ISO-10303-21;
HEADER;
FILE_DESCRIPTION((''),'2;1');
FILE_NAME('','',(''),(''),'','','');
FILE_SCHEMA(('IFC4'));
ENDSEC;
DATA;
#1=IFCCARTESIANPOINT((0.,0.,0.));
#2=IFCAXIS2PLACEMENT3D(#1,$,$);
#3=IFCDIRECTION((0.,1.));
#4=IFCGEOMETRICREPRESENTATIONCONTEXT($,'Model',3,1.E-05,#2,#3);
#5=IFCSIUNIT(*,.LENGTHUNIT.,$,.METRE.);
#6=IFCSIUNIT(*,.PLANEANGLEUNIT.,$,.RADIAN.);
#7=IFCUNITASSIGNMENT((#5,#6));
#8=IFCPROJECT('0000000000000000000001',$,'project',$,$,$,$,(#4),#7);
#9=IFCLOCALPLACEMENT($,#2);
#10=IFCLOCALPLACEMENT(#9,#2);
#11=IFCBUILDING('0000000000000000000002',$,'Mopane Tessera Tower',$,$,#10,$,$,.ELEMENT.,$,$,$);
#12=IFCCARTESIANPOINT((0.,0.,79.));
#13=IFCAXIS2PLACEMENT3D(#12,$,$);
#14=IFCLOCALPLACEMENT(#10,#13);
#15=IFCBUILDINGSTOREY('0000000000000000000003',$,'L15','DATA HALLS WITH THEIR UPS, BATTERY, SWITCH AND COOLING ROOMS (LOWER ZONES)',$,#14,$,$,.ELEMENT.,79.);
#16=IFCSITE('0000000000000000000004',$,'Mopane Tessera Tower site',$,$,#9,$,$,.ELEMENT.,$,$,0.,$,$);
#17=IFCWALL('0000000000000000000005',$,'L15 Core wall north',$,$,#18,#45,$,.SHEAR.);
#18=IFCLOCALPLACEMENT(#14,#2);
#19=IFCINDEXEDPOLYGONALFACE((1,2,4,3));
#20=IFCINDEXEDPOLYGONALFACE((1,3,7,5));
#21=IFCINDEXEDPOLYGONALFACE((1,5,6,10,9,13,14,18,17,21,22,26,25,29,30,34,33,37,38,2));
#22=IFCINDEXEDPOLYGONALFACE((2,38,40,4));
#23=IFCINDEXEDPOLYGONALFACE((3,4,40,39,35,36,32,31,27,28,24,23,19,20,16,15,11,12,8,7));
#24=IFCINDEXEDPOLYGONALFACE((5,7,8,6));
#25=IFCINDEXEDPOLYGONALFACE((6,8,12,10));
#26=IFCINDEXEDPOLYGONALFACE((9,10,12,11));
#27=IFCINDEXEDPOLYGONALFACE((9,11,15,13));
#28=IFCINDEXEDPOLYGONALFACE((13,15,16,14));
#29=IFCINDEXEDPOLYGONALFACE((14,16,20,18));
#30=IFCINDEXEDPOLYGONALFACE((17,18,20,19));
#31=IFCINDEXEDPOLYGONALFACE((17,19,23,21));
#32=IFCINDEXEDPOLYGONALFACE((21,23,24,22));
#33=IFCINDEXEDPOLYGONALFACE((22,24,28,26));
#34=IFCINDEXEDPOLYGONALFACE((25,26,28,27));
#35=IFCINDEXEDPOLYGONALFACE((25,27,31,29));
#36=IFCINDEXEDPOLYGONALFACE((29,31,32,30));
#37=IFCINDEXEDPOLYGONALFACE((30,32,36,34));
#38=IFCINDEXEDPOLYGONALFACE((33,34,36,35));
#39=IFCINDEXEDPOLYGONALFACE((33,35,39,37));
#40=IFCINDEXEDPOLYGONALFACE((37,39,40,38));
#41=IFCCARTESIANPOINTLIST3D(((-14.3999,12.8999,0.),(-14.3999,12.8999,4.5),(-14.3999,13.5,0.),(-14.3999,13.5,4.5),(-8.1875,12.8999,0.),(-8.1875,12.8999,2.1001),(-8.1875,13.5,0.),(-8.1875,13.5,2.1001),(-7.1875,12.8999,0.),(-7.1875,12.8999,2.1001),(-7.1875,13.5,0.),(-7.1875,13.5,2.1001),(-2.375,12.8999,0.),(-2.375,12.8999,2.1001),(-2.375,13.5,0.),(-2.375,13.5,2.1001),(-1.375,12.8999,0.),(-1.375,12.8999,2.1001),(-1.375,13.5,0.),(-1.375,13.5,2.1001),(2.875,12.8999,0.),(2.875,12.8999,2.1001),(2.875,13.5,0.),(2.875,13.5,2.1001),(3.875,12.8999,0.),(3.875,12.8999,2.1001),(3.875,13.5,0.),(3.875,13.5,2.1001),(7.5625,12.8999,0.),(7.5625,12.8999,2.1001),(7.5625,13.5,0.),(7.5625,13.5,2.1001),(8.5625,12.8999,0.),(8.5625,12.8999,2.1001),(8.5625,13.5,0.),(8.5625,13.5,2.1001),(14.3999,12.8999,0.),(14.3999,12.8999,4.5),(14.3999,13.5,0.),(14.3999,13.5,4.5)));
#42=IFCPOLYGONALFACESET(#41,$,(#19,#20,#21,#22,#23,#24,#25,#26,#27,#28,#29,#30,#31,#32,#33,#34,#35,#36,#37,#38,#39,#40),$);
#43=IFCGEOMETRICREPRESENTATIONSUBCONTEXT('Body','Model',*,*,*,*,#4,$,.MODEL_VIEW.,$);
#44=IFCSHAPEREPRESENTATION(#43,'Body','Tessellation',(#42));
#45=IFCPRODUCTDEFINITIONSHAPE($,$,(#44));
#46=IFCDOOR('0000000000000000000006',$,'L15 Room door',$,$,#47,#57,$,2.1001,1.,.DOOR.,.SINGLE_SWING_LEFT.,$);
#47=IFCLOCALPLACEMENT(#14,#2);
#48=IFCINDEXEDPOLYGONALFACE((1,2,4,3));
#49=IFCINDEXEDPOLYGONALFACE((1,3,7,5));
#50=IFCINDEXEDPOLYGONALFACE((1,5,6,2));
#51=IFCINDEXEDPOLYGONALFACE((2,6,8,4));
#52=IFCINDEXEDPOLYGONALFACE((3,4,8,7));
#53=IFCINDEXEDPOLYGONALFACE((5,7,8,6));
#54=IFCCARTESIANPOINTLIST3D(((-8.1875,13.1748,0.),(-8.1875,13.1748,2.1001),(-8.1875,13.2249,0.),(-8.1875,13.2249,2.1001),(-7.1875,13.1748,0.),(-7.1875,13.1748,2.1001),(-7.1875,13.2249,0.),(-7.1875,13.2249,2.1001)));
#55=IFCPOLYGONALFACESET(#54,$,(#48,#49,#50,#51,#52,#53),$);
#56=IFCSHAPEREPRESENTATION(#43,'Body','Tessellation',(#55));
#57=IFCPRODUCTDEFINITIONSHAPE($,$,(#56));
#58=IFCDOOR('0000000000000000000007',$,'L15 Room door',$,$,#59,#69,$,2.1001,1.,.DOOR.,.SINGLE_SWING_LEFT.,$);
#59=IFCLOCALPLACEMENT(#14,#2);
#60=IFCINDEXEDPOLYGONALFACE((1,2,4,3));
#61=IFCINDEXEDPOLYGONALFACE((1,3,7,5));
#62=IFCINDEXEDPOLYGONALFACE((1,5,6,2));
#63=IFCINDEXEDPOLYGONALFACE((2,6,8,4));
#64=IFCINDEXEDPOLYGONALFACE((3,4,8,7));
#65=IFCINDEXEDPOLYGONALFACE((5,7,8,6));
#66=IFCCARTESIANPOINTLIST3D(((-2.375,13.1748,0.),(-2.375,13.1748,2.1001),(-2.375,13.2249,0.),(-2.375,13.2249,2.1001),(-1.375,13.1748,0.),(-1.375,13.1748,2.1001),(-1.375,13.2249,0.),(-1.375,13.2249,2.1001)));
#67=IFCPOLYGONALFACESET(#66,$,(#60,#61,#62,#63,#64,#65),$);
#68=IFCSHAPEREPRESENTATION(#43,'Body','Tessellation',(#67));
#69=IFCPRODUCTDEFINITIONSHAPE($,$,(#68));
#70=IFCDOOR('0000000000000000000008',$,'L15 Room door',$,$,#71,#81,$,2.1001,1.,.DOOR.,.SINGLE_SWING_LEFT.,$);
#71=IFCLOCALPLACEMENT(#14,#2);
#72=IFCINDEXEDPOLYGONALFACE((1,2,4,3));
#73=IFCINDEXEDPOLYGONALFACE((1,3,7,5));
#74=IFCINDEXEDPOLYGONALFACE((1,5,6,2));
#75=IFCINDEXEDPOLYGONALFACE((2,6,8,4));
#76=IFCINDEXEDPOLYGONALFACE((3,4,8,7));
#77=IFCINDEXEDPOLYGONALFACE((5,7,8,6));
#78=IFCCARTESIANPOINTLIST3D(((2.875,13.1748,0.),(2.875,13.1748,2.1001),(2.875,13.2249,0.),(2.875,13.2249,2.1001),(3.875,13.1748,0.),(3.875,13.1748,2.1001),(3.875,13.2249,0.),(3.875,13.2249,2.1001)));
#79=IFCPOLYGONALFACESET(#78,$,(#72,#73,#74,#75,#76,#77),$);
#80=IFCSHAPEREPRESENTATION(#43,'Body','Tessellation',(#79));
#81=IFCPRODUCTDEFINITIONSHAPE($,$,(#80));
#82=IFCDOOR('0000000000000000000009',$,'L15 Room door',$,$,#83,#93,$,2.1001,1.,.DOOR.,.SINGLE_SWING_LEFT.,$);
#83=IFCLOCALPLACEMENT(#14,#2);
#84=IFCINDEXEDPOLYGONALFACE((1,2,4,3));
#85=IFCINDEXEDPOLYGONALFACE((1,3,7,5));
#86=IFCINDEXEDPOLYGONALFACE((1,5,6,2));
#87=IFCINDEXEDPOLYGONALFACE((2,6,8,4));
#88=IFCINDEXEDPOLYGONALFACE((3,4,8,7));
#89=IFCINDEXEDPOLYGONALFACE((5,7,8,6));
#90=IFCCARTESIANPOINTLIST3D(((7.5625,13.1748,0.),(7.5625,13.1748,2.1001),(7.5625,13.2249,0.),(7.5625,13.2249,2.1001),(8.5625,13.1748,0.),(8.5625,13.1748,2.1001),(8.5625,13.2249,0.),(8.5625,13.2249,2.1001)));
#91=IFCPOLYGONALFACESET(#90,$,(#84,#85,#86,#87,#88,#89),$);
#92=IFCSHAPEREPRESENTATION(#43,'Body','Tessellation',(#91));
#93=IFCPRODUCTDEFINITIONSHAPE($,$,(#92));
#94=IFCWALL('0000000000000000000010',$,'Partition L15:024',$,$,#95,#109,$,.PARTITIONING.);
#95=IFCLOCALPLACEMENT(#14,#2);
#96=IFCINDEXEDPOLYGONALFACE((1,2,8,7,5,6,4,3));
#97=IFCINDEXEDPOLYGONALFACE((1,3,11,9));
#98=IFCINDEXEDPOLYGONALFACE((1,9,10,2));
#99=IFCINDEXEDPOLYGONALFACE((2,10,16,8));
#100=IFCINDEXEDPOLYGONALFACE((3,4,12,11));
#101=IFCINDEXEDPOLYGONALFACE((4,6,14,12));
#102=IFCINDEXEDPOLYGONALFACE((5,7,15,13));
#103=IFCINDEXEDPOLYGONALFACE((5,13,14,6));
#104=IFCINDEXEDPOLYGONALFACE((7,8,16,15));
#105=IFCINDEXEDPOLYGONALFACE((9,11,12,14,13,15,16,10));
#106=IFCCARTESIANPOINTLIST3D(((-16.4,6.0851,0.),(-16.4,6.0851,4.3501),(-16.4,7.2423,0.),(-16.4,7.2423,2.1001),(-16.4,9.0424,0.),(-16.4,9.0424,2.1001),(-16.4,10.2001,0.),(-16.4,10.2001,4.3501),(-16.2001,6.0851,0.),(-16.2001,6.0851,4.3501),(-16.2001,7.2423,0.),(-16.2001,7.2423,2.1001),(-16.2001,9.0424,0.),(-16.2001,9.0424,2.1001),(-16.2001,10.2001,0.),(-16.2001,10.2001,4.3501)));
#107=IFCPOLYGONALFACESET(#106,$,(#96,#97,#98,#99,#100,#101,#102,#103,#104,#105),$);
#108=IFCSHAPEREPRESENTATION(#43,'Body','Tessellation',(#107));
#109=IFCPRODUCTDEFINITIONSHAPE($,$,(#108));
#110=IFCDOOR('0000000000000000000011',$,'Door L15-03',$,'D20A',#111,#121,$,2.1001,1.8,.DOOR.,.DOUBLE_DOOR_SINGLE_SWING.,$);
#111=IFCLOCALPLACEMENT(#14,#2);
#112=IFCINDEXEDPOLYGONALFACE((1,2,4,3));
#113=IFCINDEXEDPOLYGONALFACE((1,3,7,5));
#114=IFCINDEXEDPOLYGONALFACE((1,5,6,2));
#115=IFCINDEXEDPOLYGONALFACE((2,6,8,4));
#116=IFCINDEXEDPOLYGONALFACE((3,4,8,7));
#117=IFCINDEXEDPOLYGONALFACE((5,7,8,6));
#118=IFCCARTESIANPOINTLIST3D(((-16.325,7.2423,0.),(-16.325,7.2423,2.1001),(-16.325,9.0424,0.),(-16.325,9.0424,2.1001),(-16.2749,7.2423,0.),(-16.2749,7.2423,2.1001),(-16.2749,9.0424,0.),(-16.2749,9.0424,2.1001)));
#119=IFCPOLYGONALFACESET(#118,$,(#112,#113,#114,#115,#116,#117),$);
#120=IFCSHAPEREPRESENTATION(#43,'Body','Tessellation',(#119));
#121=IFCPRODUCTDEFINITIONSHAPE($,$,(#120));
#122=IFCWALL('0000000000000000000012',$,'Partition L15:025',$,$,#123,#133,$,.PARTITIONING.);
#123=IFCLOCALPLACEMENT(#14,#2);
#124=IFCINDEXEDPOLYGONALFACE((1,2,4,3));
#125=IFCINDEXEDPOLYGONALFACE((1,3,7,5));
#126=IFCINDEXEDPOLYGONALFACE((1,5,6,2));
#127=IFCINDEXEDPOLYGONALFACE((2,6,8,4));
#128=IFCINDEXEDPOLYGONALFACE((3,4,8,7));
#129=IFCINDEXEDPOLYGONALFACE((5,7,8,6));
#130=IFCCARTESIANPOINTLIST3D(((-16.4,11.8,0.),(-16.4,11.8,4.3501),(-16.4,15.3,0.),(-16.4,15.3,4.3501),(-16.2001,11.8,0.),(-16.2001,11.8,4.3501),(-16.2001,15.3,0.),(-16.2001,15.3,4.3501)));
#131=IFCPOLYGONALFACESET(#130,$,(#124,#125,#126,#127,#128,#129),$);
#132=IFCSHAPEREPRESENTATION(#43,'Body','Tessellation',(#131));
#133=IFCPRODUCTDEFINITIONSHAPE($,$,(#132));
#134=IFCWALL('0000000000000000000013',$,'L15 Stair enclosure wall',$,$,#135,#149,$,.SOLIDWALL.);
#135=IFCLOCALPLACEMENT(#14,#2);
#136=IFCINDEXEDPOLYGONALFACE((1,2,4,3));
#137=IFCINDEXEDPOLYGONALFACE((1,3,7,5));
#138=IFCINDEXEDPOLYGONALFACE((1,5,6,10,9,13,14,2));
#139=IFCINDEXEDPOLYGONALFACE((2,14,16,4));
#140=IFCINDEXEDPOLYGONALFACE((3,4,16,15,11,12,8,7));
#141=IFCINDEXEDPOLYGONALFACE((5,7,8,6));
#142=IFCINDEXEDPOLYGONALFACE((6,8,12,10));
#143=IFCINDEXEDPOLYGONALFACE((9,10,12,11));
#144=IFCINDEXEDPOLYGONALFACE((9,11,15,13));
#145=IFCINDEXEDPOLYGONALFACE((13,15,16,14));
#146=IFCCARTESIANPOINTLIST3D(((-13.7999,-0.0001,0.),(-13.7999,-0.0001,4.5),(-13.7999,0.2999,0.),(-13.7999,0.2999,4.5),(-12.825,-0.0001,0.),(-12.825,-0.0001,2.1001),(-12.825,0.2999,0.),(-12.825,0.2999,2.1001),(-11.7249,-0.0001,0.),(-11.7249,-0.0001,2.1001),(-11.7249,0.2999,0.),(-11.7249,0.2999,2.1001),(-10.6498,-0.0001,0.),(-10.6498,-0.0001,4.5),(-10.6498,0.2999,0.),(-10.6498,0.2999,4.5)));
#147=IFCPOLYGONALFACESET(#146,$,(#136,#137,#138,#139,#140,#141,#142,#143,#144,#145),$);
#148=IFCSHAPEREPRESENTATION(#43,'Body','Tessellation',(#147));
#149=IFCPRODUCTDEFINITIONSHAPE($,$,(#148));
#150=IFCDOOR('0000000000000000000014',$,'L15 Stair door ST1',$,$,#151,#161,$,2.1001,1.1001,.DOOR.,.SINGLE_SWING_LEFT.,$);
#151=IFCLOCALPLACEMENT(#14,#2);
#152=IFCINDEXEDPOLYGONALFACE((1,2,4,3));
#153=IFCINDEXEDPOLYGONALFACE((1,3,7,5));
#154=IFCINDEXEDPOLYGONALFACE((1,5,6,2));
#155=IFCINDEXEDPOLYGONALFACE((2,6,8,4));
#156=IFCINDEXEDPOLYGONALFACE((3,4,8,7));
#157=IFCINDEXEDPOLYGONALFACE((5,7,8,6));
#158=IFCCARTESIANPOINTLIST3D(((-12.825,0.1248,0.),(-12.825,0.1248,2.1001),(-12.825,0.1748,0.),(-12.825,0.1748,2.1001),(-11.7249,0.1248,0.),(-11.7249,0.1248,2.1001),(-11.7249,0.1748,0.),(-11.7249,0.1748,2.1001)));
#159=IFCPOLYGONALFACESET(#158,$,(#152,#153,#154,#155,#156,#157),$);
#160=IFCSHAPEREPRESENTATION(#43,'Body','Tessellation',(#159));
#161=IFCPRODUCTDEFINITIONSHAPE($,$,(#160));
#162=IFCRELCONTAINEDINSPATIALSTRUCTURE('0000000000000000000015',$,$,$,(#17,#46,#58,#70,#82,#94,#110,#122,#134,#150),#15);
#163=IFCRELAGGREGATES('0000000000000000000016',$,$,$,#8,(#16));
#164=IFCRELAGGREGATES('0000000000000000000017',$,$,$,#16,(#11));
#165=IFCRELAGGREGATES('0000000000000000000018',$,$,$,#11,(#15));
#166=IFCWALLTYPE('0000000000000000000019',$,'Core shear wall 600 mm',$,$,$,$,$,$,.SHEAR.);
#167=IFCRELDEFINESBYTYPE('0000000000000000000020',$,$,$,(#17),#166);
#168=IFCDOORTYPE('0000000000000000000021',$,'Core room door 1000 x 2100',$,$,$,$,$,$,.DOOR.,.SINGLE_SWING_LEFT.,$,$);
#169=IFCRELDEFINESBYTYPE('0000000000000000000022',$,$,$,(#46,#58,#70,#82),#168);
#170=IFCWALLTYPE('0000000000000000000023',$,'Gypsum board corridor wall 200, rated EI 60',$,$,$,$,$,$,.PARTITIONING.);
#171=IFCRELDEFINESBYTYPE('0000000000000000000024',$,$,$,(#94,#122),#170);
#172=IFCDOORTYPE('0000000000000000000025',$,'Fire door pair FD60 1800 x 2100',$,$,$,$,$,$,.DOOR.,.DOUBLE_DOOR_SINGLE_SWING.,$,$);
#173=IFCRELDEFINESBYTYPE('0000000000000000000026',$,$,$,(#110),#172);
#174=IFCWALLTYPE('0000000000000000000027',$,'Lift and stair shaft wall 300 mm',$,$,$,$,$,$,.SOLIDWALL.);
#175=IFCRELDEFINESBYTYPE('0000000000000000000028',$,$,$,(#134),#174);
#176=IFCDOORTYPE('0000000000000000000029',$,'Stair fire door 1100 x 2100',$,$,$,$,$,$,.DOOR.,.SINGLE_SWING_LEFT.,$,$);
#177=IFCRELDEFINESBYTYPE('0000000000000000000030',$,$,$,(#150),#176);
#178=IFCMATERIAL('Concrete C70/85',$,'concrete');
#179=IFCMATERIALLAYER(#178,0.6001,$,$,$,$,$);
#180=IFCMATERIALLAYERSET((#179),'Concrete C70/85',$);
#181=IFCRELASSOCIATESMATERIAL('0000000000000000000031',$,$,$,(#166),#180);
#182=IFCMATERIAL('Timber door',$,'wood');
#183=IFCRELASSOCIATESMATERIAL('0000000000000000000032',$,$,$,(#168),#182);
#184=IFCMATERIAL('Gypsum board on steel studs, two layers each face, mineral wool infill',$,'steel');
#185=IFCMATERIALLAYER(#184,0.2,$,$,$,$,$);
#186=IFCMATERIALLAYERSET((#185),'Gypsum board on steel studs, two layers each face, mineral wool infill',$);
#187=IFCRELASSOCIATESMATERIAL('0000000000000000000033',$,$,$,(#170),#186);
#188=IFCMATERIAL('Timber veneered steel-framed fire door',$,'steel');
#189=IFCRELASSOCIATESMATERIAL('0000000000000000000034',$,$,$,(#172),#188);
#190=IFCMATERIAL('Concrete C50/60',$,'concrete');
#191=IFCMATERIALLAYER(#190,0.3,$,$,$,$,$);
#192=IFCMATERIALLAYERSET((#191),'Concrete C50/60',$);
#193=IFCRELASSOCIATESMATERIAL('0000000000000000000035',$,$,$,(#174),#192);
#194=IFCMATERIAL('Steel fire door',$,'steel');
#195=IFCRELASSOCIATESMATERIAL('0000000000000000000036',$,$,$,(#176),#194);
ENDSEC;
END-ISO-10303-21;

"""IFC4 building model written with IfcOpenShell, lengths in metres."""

from ifc_helpers import new_model, si_unit, direction, frame, frame_2d, origin, place, context, subcontext, project, spatial, rectangle, extrude, material, layer, layer_set, type_object, element, fill, save


model = new_model("IFC4")

# Units and contexts
model_context = context("Model", 3, precision=1e-05, world=origin(), true_north=direction((0.0, 1.0)))
body_context = subcontext(model_context, "Body", "Model", "MODEL_VIEW")
ifc_project = project(units=[si_unit("LENGTHUNIT", "METRE"), si_unit("PLANEANGLEUNIT", "RADIAN")], contexts=[model_context])

# Site, building, storey
site_placement = place(None, origin())
site = spatial("IfcSite", under=ifc_project, at=site_placement, Name="Mopane Tessera Tower site", CompositionType="ELEMENT", RefElevation=0.0)
building_placement = place(site_placement, origin())
building = spatial("IfcBuilding", under=site, at=building_placement, Name="Mopane Tessera Tower", CompositionType="ELEMENT")
storey_placement = place(building_placement, frame((0.0, 0.0, 79.0)))
storey = spatial("IfcBuildingStorey", under=building, at=storey_placement, Name="L15", Description="DATA HALLS WITH THEIR UPS, BATTERY, SWITCH AND COOLING ROOMS (LOWER ZONES)", CompositionType="ELEMENT", Elevation=79.0)

# Wall, openings, doors
ifc_material_1 = material(Name="Concrete C70/85", Category="concrete")
ifc_layer_1 = layer(ifc_material_1, 0.6001)
ifc_layer_set_1 = layer_set([ifc_layer_1], Name="Concrete C70/85")
wall_type_1 = type_object("IfcWallType", Name="Core shear wall 600 mm", PredefinedType="SHEAR", material=ifc_layer_set_1)
wall_1_placement = place(storey_placement, frame((-14.3999, 13.2, 0.0), z_axis=(0.0, 0.0, 1.0), x_axis=(1.0, 0.0, 0.0)))
wall_1 = element("IfcWall", 1, at=wall_1_placement, inside=storey, type_object=wall_type_1, Name="L15 Core wall north", PredefinedType="SHEAR", context=body_context, shape_type="SweptSolid", body=[
    extrude(rectangle(XDim=28.7998, YDim=0.6001, at=frame_2d((14.3999, 0.0))), origin(), (0.0, 0.0, 1.0), 4.5),
])
opening_1_placement = place(wall_1_placement, frame((6.2124, 0.0, 0.0)))
opening_1 = element("IfcOpeningElement", 2, at=opening_1_placement, cuts=wall_1, PredefinedType="OPENING", context=body_context, shape_type="SweptSolid", body=[
    extrude(rectangle(XDim=1.0, YDim=2.1001, at=frame_2d((0.5, 1.05))), frame((0.0, 0.312, 0.0), z_axis=(0.0, -1.0, 0.0), x_axis=(1.0, 0.0, 0.0)), (0.0, 0.0, 1.0), 0.624),
])
opening_2_placement = place(wall_1_placement, frame((12.0249, 0.0, 0.0)))
opening_2 = element("IfcOpeningElement", 3, at=opening_2_placement, cuts=wall_1, PredefinedType="OPENING", context=body_context, shape_type="SweptSolid", body=[
    extrude(rectangle(XDim=1.0, YDim=2.1001, at=frame_2d((0.5, 1.05))), frame((0.0, 0.312, 0.0), z_axis=(0.0, -1.0, 0.0), x_axis=(1.0, 0.0, 0.0)), (0.0, 0.0, 1.0), 0.624),
])
opening_3_placement = place(wall_1_placement, frame((17.2749, 0.0, 0.0)))
opening_3 = element("IfcOpeningElement", 4, at=opening_3_placement, cuts=wall_1, PredefinedType="OPENING", context=body_context, shape_type="SweptSolid", body=[
    extrude(rectangle(XDim=1.0, YDim=2.1001, at=frame_2d((0.5, 1.05))), frame((0.0, 0.312, 0.0), z_axis=(0.0, -1.0, 0.0), x_axis=(1.0, 0.0, 0.0)), (0.0, 0.0, 1.0), 0.624),
])
opening_4_placement = place(wall_1_placement, frame((21.9624, 0.0, 0.0)))
opening_4 = element("IfcOpeningElement", 5, at=opening_4_placement, cuts=wall_1, PredefinedType="OPENING", context=body_context, shape_type="SweptSolid", body=[
    extrude(rectangle(XDim=1.0, YDim=2.1001, at=frame_2d((0.5, 1.05))), frame((0.0, 0.312, 0.0), z_axis=(0.0, -1.0, 0.0), x_axis=(1.0, 0.0, 0.0)), (0.0, 0.0, 1.0), 0.624),
])
ifc_material_2 = material(Name="Timber door", Category="wood")
door_type_1 = type_object("IfcDoorType", Name="Core room door 1000 x 2100", OperationType="SINGLE_SWING_LEFT", PredefinedType="DOOR", material=ifc_material_2)
door_1_placement = place(opening_1_placement, origin())
door_1 = element("IfcDoor", 6, at=door_1_placement, inside=storey, type_object=door_type_1, Name="L15 Room door", OperationType="SINGLE_SWING_LEFT", OverallHeight=2.1001, OverallWidth=1.0, PredefinedType="DOOR", context=body_context, shape_type="SweptSolid", body=[
    extrude(rectangle(XDim=1.0, YDim=2.1001, at=frame_2d((0.5, 1.05))), frame((0.0, 0.0249, 0.0), z_axis=(0.0, -1.0, 0.0), x_axis=(1.0, 0.0, 0.0)), (0.0, 0.0, 1.0), 0.05),
])
fill(opening_1, door_1)
door_2_placement = place(opening_2_placement, origin())
door_2 = element("IfcDoor", 7, at=door_2_placement, inside=storey, type_object=door_type_1, Name="L15 Room door", OperationType="SINGLE_SWING_LEFT", OverallHeight=2.1001, OverallWidth=1.0, PredefinedType="DOOR", context=body_context, shape_type="SweptSolid", body=[
    extrude(rectangle(XDim=1.0, YDim=2.1001, at=frame_2d((0.5, 1.05))), frame((0.0, 0.0249, 0.0), z_axis=(0.0, -1.0, 0.0), x_axis=(1.0, 0.0, 0.0)), (0.0, 0.0, 1.0), 0.05),
])
fill(opening_2, door_2)
door_3_placement = place(opening_3_placement, origin())
door_3 = element("IfcDoor", 8, at=door_3_placement, inside=storey, type_object=door_type_1, Name="L15 Room door", OperationType="SINGLE_SWING_LEFT", OverallHeight=2.1001, OverallWidth=1.0, PredefinedType="DOOR", context=body_context, shape_type="SweptSolid", body=[
    extrude(rectangle(XDim=1.0, YDim=2.1001, at=frame_2d((0.5, 1.05))), frame((0.0, 0.0249, 0.0), z_axis=(0.0, -1.0, 0.0), x_axis=(1.0, 0.0, 0.0)), (0.0, 0.0, 1.0), 0.05),
])
fill(opening_3, door_3)
door_4_placement = place(opening_4_placement, origin())
door_4 = element("IfcDoor", 9, at=door_4_placement, inside=storey, type_object=door_type_1, Name="L15 Room door", OperationType="SINGLE_SWING_LEFT", OverallHeight=2.1001, OverallWidth=1.0, PredefinedType="DOOR", context=body_context, shape_type="SweptSolid", body=[
    extrude(rectangle(XDim=1.0, YDim=2.1001, at=frame_2d((0.5, 1.05))), frame((0.0, 0.0249, 0.0), z_axis=(0.0, -1.0, 0.0), x_axis=(1.0, 0.0, 0.0)), (0.0, 0.0, 1.0), 0.05),
])
fill(opening_4, door_4)

# Wall, opening, door
ifc_material_3 = material(Name="Gypsum board on steel studs, two layers each face, mineral wool infill", Category="steel")
ifc_layer_2 = layer(ifc_material_3, 0.2)
ifc_layer_set_2 = layer_set([ifc_layer_2], Name="Gypsum board on steel studs, two layers each face, mineral wool infill")
wall_type_2 = type_object("IfcWallType", Name="Gypsum board corridor wall 200, rated EI 60", PredefinedType="PARTITIONING", material=ifc_layer_set_2)
wall_2_placement = place(storey_placement, frame((-16.3, 6.085, 0.0), z_axis=(0.0, 0.0, 1.0), x_axis=(0.0, 1.0, 0.0)))
wall_2 = element("IfcWall", 10, at=wall_2_placement, inside=storey, type_object=wall_type_2, Name="Partition L15:024", PredefinedType="PARTITIONING", context=body_context, shape_type="SweptSolid", body=[
    extrude(rectangle(XDim=4.115, YDim=0.2, at=frame_2d((2.0576, 0.0))), origin(), (0.0, 0.0, 1.0), 4.3501),
])
opening_5_placement = place(wall_2_placement, frame((1.1575, 0.0, 0.0)))
opening_5 = element("IfcOpeningElement", 11, at=opening_5_placement, cuts=wall_2, PredefinedType="OPENING", context=body_context, shape_type="SweptSolid", body=[
    extrude(rectangle(XDim=1.8, YDim=2.1001, at=frame_2d((0.8999, 1.05))), frame((0.0, 0.1121, 0.0), z_axis=(0.0, -1.0, 0.0), x_axis=(1.0, 0.0, 0.0)), (0.0, 0.0, 1.0), 0.2239),
])
ifc_material_4 = material(Name="Timber veneered steel-framed fire door", Category="steel")
door_type_2 = type_object("IfcDoorType", Name="Fire door pair FD60 1800 x 2100", OperationType="DOUBLE_DOOR_SINGLE_SWING", PredefinedType="DOOR", material=ifc_material_4)
door_5_placement = place(opening_5_placement, origin())
door_5 = element("IfcDoor", 12, at=door_5_placement, inside=storey, type_object=door_type_2, Name="Door L15-03", ObjectType="D20A", OperationType="DOUBLE_DOOR_SINGLE_SWING", OverallHeight=2.1001, OverallWidth=1.8, PredefinedType="DOOR", context=body_context, shape_type="SweptSolid", body=[
    extrude(rectangle(XDim=1.8, YDim=2.1001, at=frame_2d((0.8999, 1.05))), frame((0.0, 0.0249, 0.0), z_axis=(0.0, -1.0, 0.0), x_axis=(1.0, 0.0, 0.0)), (0.0, 0.0, 1.0), 0.05),
])
fill(opening_5, door_5)

# Wall
wall_3_placement = place(storey_placement, frame((-16.3, 11.8, 0.0), z_axis=(0.0, 0.0, 1.0), x_axis=(0.0, 1.0, 0.0)))
element("IfcWall", 13, at=wall_3_placement, inside=storey, type_object=wall_type_2, Name="Partition L15:025", PredefinedType="PARTITIONING", context=body_context, shape_type="SweptSolid", body=[
    extrude(rectangle(XDim=3.5, YDim=0.2, at=frame_2d((1.75, 0.0))), origin(), (0.0, 0.0, 1.0), 4.3501),
])

# Wall, opening, door
ifc_material_5 = material(Name="Concrete C50/60", Category="concrete")
ifc_layer_3 = layer(ifc_material_5, 0.3)
ifc_layer_set_3 = layer_set([ifc_layer_3], Name="Concrete C50/60")
wall_type_3 = type_object("IfcWallType", Name="Lift and stair shaft wall 300 mm", PredefinedType="SOLIDWALL", material=ifc_layer_set_3)
wall_4_placement = place(storey_placement, frame((-13.8, 0.1499, 0.0), z_axis=(0.0, 0.0, 1.0), x_axis=(1.0, 0.0, 0.0)))
wall_4 = element("IfcWall", 14, at=wall_4_placement, inside=storey, type_object=wall_type_3, Name="L15 Stair enclosure wall", PredefinedType="SOLIDWALL", context=body_context, shape_type="SweptSolid", body=[
    extrude(rectangle(XDim=3.1501, YDim=0.3, at=frame_2d((1.5752, 0.0))), origin(), (0.0, 0.0, 1.0), 4.5),
])
opening_6_placement = place(wall_4_placement, frame((0.9751, 0.0, 0.0)))
opening_6 = element("IfcOpeningElement", 15, at=opening_6_placement, cuts=wall_4, PredefinedType="OPENING", context=body_context, shape_type="SweptSolid", body=[
    extrude(rectangle(XDim=1.1001, YDim=2.1001, at=frame_2d((0.55, 1.05))), frame((0.0, 0.1621, 0.0), z_axis=(0.0, -1.0, 0.0), x_axis=(1.0, 0.0, 0.0)), (0.0, 0.0, 1.0), 0.324),
])
ifc_material_6 = material(Name="Steel fire door", Category="steel")
door_type_3 = type_object("IfcDoorType", Name="Stair fire door 1100 x 2100", OperationType="SINGLE_SWING_LEFT", PredefinedType="DOOR", material=ifc_material_6)
door_6_placement = place(opening_6_placement, origin())
door_6 = element("IfcDoor", 16, at=door_6_placement, inside=storey, type_object=door_type_3, Name="L15 Stair door ST1", OperationType="SINGLE_SWING_LEFT", OverallHeight=2.1001, OverallWidth=1.1001, PredefinedType="DOOR", context=body_context, shape_type="SweptSolid", body=[
    extrude(rectangle(XDim=1.1001, YDim=2.1001, at=frame_2d((0.55, 1.05))), frame((0.0, 0.0249, 0.0), z_axis=(0.0, -1.0, 0.0), x_axis=(1.0, 0.0, 0.0)), (0.0, 0.0, 1.0), 0.05),
])
fill(opening_6, door_6)

save(model, "model.ifc")
